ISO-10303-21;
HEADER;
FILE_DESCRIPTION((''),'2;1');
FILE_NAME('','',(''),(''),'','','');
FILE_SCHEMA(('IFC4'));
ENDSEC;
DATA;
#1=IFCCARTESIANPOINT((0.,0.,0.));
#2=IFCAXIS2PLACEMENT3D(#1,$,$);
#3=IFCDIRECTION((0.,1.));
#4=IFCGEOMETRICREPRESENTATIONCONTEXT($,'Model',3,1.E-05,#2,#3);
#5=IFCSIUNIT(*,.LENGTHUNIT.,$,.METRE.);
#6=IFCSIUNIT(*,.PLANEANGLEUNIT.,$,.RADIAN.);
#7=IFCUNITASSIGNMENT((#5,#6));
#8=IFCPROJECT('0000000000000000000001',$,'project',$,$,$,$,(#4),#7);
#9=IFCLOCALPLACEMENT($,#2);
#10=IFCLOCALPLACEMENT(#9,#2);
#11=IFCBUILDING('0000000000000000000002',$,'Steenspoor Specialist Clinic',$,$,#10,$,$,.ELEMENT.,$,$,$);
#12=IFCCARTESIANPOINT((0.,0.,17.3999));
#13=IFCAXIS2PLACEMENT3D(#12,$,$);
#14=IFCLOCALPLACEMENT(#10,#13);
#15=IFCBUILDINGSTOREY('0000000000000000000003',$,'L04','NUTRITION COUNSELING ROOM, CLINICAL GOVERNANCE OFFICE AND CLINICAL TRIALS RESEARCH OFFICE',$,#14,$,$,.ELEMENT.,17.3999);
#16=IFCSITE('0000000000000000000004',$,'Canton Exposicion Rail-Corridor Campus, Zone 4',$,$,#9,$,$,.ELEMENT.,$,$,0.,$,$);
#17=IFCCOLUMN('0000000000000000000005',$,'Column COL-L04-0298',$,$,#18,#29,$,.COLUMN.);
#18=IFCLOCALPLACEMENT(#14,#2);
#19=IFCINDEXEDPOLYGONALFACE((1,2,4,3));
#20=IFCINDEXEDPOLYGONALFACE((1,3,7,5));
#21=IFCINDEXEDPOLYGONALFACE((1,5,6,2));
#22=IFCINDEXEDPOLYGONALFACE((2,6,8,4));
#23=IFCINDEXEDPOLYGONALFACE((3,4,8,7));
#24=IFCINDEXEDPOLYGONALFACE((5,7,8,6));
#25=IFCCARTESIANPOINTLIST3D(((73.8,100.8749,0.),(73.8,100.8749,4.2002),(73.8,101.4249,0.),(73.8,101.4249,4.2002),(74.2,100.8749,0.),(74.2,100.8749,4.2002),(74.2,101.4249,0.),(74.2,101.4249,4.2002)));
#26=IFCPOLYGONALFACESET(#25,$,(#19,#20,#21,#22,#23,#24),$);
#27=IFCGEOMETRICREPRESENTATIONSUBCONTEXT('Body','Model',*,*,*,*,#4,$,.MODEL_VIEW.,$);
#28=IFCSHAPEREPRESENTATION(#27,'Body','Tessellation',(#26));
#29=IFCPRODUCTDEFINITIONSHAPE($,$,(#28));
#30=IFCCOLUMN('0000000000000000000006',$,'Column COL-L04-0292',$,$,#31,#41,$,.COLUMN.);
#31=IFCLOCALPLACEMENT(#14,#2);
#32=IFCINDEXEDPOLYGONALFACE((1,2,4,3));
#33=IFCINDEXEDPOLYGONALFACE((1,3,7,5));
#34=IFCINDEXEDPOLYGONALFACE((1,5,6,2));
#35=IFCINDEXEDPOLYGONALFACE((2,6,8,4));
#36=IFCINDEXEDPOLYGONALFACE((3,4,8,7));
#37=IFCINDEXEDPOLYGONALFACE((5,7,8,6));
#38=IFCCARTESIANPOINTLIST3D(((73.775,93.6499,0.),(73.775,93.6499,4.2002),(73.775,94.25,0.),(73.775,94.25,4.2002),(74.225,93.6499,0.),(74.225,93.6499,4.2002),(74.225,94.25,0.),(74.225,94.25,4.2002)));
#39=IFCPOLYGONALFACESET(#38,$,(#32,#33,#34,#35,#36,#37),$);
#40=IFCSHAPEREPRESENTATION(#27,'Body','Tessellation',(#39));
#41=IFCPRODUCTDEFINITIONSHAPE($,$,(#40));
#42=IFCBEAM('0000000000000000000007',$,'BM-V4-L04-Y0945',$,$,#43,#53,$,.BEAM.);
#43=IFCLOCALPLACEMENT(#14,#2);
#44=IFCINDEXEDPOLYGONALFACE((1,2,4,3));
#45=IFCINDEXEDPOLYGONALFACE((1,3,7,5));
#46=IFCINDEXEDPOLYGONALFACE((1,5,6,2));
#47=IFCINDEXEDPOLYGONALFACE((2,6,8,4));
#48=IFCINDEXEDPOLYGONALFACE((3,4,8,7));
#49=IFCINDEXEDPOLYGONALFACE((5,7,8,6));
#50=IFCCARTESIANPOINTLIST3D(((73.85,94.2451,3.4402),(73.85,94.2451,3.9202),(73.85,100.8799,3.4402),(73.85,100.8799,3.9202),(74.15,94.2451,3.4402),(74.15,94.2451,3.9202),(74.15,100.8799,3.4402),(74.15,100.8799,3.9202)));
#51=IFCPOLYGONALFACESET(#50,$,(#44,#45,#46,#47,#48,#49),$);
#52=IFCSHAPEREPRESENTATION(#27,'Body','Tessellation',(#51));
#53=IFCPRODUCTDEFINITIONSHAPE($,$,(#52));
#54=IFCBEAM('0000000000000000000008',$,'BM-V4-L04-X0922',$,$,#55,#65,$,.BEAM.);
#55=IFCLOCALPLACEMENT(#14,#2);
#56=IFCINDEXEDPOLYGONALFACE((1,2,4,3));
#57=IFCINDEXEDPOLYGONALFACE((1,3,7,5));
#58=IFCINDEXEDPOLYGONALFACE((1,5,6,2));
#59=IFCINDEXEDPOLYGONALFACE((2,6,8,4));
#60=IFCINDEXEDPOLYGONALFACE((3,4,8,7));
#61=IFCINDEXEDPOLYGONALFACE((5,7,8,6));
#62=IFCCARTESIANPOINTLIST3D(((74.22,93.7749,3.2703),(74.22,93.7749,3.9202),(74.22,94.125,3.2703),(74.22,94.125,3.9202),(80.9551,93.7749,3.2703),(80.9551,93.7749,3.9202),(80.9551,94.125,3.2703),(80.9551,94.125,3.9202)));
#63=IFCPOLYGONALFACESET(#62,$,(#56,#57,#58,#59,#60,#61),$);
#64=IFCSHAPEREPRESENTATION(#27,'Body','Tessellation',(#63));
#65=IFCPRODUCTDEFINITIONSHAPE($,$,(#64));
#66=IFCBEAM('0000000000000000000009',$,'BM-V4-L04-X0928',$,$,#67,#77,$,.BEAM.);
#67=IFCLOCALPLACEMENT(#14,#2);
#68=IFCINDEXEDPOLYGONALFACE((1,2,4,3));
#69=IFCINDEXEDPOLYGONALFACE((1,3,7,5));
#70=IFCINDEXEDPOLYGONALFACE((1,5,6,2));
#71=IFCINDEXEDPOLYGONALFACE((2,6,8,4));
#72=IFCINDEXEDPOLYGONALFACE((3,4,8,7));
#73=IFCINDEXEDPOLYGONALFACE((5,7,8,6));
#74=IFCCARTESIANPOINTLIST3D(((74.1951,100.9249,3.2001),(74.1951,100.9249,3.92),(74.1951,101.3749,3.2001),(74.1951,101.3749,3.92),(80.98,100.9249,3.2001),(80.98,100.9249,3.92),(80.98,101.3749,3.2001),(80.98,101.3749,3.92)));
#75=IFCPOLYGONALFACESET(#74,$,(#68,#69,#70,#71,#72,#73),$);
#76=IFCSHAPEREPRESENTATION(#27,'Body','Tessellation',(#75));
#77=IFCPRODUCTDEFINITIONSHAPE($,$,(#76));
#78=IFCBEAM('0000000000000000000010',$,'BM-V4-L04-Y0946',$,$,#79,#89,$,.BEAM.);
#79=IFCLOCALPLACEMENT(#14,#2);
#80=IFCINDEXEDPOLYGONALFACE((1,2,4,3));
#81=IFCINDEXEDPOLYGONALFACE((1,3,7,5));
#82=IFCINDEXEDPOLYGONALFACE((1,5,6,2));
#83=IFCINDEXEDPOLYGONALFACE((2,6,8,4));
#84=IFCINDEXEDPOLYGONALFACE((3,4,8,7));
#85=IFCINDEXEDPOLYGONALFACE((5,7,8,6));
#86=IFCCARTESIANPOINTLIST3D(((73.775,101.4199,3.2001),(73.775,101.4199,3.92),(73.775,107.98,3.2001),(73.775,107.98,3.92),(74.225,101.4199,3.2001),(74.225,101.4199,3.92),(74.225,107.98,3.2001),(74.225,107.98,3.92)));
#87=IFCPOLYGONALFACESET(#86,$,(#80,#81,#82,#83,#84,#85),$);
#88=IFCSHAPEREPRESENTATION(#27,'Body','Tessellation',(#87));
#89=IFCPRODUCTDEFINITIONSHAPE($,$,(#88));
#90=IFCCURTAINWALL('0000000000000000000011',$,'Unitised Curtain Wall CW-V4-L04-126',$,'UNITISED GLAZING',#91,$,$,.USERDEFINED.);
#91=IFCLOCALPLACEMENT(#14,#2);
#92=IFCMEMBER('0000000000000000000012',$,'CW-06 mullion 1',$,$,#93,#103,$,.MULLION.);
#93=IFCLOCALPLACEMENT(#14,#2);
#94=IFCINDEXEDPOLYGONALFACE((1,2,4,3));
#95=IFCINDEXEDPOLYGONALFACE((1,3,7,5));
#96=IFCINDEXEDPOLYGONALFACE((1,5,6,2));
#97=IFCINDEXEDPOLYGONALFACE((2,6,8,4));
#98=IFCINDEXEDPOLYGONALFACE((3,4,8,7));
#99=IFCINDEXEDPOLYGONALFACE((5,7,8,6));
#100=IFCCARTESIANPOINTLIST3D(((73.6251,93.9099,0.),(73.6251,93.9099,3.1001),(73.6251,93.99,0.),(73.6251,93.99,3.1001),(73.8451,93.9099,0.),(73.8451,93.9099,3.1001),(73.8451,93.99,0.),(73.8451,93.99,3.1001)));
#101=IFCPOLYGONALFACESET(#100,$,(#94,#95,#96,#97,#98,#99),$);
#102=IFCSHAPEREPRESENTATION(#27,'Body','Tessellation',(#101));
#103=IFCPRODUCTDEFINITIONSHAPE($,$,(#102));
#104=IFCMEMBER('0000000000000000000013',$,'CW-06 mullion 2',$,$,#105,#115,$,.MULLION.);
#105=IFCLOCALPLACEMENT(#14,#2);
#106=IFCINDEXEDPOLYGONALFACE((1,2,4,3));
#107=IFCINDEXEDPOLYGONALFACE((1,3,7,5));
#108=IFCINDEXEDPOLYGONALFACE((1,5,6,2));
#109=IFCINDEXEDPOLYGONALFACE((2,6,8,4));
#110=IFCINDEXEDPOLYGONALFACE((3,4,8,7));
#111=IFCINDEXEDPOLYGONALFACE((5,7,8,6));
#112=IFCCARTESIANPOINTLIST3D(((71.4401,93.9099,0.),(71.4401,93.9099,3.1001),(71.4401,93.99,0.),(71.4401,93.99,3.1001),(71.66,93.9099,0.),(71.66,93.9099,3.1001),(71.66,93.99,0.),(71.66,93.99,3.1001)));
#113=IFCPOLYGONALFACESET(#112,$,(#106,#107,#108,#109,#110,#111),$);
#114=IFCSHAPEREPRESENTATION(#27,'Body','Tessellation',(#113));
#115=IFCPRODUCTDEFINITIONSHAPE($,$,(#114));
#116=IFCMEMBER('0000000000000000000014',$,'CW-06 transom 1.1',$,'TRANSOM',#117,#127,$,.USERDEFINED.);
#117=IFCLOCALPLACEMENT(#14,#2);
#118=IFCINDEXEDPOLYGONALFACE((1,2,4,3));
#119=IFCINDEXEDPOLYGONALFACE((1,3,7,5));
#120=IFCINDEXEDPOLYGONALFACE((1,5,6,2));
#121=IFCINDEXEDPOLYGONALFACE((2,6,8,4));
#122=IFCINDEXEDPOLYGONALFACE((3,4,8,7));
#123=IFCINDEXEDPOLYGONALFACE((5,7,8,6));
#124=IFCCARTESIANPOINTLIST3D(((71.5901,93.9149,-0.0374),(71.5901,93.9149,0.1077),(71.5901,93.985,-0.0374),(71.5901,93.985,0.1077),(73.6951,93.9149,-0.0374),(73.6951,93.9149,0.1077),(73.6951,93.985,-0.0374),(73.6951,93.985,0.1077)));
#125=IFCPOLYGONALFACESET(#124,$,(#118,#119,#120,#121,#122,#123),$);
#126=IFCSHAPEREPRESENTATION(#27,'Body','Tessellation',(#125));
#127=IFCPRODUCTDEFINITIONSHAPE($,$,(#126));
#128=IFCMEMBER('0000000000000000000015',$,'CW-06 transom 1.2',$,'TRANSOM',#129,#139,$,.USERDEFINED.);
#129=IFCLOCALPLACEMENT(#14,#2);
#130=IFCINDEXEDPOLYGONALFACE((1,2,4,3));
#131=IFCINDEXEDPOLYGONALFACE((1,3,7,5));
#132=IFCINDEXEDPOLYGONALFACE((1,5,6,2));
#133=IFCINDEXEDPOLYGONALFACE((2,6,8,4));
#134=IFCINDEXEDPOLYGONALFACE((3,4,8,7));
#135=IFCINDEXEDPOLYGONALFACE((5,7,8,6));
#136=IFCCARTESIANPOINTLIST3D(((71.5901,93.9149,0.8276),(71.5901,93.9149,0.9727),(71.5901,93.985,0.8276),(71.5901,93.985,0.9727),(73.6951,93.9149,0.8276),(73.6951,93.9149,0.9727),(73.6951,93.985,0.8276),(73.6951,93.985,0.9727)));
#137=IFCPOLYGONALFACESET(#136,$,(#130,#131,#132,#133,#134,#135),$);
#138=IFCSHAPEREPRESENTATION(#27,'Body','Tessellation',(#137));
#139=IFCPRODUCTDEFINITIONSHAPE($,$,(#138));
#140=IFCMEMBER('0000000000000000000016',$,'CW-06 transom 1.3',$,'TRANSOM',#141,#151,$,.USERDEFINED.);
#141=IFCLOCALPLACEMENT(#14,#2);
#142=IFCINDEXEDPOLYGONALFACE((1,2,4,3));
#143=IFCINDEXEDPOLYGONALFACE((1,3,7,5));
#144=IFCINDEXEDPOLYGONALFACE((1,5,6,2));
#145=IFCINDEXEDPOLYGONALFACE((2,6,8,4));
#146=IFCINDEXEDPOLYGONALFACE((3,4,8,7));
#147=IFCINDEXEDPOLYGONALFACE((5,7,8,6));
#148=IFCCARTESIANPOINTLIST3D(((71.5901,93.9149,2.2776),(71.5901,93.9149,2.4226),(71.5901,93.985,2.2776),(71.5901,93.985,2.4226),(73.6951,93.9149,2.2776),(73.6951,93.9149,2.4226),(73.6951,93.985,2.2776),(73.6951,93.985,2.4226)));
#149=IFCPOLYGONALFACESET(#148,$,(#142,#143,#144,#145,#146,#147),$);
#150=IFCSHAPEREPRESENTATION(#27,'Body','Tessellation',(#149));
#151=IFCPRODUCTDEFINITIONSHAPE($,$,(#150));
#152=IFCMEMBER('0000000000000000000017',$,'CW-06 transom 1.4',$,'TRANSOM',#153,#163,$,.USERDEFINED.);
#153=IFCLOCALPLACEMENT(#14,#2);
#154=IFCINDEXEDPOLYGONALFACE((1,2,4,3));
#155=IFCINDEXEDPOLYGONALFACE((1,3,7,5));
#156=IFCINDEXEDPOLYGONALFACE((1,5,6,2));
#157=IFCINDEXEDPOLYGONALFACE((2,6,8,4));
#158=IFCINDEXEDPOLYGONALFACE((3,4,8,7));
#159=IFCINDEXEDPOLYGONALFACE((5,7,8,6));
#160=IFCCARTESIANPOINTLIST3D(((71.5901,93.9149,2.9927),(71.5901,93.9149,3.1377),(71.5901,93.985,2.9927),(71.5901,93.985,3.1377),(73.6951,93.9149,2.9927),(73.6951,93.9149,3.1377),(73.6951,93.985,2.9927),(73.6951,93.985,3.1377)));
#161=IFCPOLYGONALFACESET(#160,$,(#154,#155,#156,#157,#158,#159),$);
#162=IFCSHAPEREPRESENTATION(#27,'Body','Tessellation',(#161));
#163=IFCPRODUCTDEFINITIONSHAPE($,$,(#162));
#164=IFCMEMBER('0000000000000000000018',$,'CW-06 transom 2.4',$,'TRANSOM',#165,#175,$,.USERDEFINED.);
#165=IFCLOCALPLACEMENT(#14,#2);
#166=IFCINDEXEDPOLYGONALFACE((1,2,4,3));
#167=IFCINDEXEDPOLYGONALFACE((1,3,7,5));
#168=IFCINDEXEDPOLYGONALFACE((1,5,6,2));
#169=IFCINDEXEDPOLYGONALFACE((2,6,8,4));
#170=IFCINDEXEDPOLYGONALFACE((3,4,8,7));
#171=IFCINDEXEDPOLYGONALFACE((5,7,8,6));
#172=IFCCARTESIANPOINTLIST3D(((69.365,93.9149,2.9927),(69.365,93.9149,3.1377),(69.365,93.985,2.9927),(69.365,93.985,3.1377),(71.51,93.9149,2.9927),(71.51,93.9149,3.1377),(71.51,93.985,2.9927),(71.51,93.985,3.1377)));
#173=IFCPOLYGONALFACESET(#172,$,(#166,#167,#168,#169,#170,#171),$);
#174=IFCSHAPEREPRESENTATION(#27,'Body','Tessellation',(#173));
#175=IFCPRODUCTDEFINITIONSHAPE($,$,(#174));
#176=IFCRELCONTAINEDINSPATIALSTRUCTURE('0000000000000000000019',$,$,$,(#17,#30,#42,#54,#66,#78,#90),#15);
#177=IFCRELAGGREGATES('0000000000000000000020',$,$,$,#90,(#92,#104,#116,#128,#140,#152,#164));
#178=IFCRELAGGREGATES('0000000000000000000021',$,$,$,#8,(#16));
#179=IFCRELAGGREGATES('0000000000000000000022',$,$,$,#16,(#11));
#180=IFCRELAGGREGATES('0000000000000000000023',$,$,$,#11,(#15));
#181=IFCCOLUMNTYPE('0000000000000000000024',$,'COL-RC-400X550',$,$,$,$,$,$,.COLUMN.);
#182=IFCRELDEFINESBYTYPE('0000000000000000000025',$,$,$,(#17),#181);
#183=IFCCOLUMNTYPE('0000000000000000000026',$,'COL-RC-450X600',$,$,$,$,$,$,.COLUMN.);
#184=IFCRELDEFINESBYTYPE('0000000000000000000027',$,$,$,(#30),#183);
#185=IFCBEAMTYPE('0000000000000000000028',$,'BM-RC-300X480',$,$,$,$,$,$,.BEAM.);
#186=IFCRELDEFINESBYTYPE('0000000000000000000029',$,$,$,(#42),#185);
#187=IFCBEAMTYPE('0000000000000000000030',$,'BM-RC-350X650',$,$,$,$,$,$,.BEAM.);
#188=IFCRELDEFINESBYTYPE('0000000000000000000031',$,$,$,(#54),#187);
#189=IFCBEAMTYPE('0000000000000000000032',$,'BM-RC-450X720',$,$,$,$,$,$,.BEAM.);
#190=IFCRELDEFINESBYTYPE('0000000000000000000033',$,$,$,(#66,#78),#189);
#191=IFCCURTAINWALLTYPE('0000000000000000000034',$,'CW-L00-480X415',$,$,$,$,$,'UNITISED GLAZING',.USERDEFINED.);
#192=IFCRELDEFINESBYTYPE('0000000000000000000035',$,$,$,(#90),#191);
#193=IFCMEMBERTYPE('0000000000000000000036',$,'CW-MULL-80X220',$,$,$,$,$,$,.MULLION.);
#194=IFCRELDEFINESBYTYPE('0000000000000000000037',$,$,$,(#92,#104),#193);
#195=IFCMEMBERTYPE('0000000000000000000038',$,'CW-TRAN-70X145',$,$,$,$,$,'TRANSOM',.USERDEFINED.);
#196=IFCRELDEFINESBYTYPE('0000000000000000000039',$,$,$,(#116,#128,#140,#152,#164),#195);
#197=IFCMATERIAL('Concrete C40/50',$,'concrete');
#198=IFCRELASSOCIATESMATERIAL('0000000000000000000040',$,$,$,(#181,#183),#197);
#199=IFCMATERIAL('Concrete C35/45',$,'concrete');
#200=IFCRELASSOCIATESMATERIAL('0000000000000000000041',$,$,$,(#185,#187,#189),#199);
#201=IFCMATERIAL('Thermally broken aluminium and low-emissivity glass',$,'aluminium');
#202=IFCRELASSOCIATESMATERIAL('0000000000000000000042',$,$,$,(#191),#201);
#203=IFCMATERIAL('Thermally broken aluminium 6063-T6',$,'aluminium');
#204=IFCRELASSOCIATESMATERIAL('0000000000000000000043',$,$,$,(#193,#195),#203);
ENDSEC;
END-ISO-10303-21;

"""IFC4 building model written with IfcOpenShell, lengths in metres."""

from ifc_helpers import new_model, si_unit, direction, frame, origin, origin_2d, place, context, subcontext, project, spatial, rectangle, extrude, material, material_profile, profile_set, type_object, element, aggregate, save


model = new_model("IFC4")

# Units and contexts
model_context = context("Model", 3, precision=1e-05, world=origin(), true_north=direction((0.0, 1.0)))
body_context = subcontext(model_context, "Body", "Model", "MODEL_VIEW")
ifc_project = project(units=[si_unit("LENGTHUNIT", "METRE"), si_unit("PLANEANGLEUNIT", "RADIAN")], contexts=[model_context])

# Site, building, storey
site_placement = place(None, origin())
site = spatial("IfcSite", under=ifc_project, at=site_placement, Name="Canton Exposicion Rail-Corridor Campus, Zone 4", CompositionType="ELEMENT", RefElevation=0.0)
building_placement = place(site_placement, origin())
building = spatial("IfcBuilding", under=site, at=building_placement, Name="Steenspoor Specialist Clinic", CompositionType="ELEMENT")
storey_placement = place(building_placement, frame((0.0, 0.0, 17.3999)))
storey = spatial("IfcBuildingStorey", under=building, at=storey_placement, Name="L04", Description="NUTRITION COUNSELING ROOM, CLINICAL GOVERNANCE OFFICE AND CLINICAL TRIALS RESEARCH OFFICE", CompositionType="ELEMENT", Elevation=17.3999)

# Columns
ifc_material_1 = material(Name="Concrete C40/50", Category="concrete")
ifc_material_profile_1 = material_profile(ifc_material_1, rectangle(XDim=0.3999, YDim=0.55, at=origin_2d()), Name="RC-COL-400X550")
ifc_profile_set_1 = profile_set([ifc_material_profile_1], Name="Concrete C40/50")
column_type_1 = type_object("IfcColumnType", Name="COL-RC-400X550", PredefinedType="COLUMN", material=ifc_profile_set_1)
column_1_placement = place(storey_placement, frame((74.0, 101.1499, 0.0), z_axis=(0.0, 0.0, 1.0), x_axis=(1.0, 0.0, 0.0)))
element("IfcColumn", 1, at=column_1_placement, inside=storey, type_object=column_type_1, Name="Column COL-L04-0298", PredefinedType="COLUMN", context=body_context, shape_type="SweptSolid", body=[
    extrude(rectangle(XDim=0.3999, YDim=0.55, at=origin_2d()), origin(), (0.0, 0.0, 1.0), 4.2002),
])
ifc_material_profile_2 = material_profile(ifc_material_1, rectangle(XDim=0.45, YDim=0.6001, at=origin_2d()), Name="RC-COL-450X600")
ifc_profile_set_2 = profile_set([ifc_material_profile_2], Name="Concrete C40/50")
column_type_2 = type_object("IfcColumnType", Name="COL-RC-450X600", PredefinedType="COLUMN", material=ifc_profile_set_2)
column_2_placement = place(storey_placement, frame((74.0, 93.95, 0.0), z_axis=(0.0, 0.0, 1.0), x_axis=(1.0, 0.0, 0.0)))
element("IfcColumn", 2, at=column_2_placement, inside=storey, type_object=column_type_2, Name="Column COL-L04-0292", PredefinedType="COLUMN", context=body_context, shape_type="SweptSolid", body=[
    extrude(rectangle(XDim=0.45, YDim=0.6001, at=origin_2d()), origin(), (0.0, 0.0, 1.0), 4.2002),
])

# Beams
ifc_material_2 = material(Name="Concrete C35/45", Category="concrete")
ifc_material_profile_3 = material_profile(ifc_material_2, rectangle(XDim=0.3, YDim=0.48, at=origin_2d()), Name="RC-BM-300X480")
ifc_profile_set_3 = profile_set([ifc_material_profile_3], Name="Concrete C35/45")
beam_type_1 = type_object("IfcBeamType", Name="BM-RC-300X480", PredefinedType="BEAM", material=ifc_profile_set_3)
beam_1_placement = place(storey_placement, frame((74.0, 94.2451, 3.6802), z_axis=(0.0, 1.0, 0.0), x_axis=(-1.0, 0.0, 0.0)))
element("IfcBeam", 3, at=beam_1_placement, inside=storey, type_object=beam_type_1, Name="BM-V4-L04-Y0945", PredefinedType="BEAM", context=body_context, shape_type="SweptSolid", body=[
    extrude(rectangle(XDim=0.3, YDim=0.48, at=origin_2d()), origin(), (0.0, 0.0, 1.0), 6.6348),
])
ifc_material_profile_4 = material_profile(ifc_material_2, rectangle(XDim=0.3501, YDim=0.6499, at=origin_2d()), Name="RC-BM-350X650")
ifc_profile_set_4 = profile_set([ifc_material_profile_4], Name="Concrete C35/45")
beam_type_2 = type_object("IfcBeamType", Name="BM-RC-350X650", PredefinedType="BEAM", material=ifc_profile_set_4)
beam_2_placement = place(storey_placement, frame((74.22, 93.95, 3.5952), z_axis=(1.0, 0.0, 0.0), x_axis=(0.0, 1.0, 0.0)))
element("IfcBeam", 4, at=beam_2_placement, inside=storey, type_object=beam_type_2, Name="BM-V4-L04-X0922", PredefinedType="BEAM", context=body_context, shape_type="SweptSolid", body=[
    extrude(rectangle(XDim=0.3501, YDim=0.6499, at=origin_2d()), origin(), (0.0, 0.0, 1.0), 6.7351),
])
ifc_material_profile_5 = material_profile(ifc_material_2, rectangle(XDim=0.45, YDim=0.72, at=origin_2d()), Name="RC-BM-450X720")
ifc_profile_set_5 = profile_set([ifc_material_profile_5], Name="Concrete C35/45")
beam_type_3 = type_object("IfcBeamType", Name="BM-RC-450X720", PredefinedType="BEAM", material=ifc_profile_set_5)
beam_3_placement = place(storey_placement, frame((74.1951, 101.1499, 3.5601), z_axis=(1.0, 0.0, 0.0), x_axis=(0.0, 1.0, 0.0)))
element("IfcBeam", 5, at=beam_3_placement, inside=storey, type_object=beam_type_3, Name="BM-V4-L04-X0928", PredefinedType="BEAM", context=body_context, shape_type="SweptSolid", body=[
    extrude(rectangle(XDim=0.45, YDim=0.72, at=origin_2d()), origin(), (0.0, 0.0, 1.0), 6.7849),
])
beam_4_placement = place(storey_placement, frame((74.0, 101.4199, 3.5601), z_axis=(0.0, 1.0, 0.0), x_axis=(-1.0, 0.0, 0.0)))
element("IfcBeam", 6, at=beam_4_placement, inside=storey, type_object=beam_type_3, Name="BM-V4-L04-Y0946", PredefinedType="BEAM", context=body_context, shape_type="SweptSolid", body=[
    extrude(rectangle(XDim=0.45, YDim=0.72, at=origin_2d()), origin(), (0.0, 0.0, 1.0), 6.5601),
])

# Curtain wall, members
ifc_material_3 = material(Name="Thermally broken aluminium and low-emissivity glass", Category="aluminium")
curtain_wall_type = type_object("IfcCurtainWallType", Name="CW-L00-480X415", ElementType="UNITISED GLAZING", PredefinedType="USERDEFINED", material=ifc_material_3)
curtain_wall_placement = place(storey_placement, origin())
curtain_wall = element("IfcCurtainWall", 7, at=curtain_wall_placement, inside=storey, type_object=curtain_wall_type, Name="Unitised Curtain Wall CW-V4-L04-126", ObjectType="UNITISED GLAZING", PredefinedType="USERDEFINED")
ifc_material_4 = material(Name="Thermally broken aluminium 6063-T6", Category="aluminium")
ifc_material_profile_6 = material_profile(ifc_material_4, rectangle(XDim=0.0801, YDim=0.22, at=origin_2d()), Name="CWM-80X220")
ifc_profile_set_6 = profile_set([ifc_material_profile_6], Name="Thermally broken aluminium 6063-T6")
member_type_1 = type_object("IfcMemberType", Name="CW-MULL-80X220", PredefinedType="MULLION", material=ifc_profile_set_6)
member_1_placement = place(storey_placement, frame((73.7351, 93.95, 0.0), z_axis=(0.0, 0.0, 1.0), x_axis=(0.0, -1.0, 0.0)))
member_1 = element("IfcMember", 8, at=member_1_placement, type_object=member_type_1, Name="CW-06 mullion 1", PredefinedType="MULLION", context=body_context, shape_type="SweptSolid", body=[
    extrude(rectangle(XDim=0.0801, YDim=0.22, at=origin_2d()), origin(), (0.0, 0.0, 1.0), 3.1001),
])
member_2_placement = place(storey_placement, frame((71.55, 93.95, 0.0), z_axis=(0.0, 0.0, 1.0), x_axis=(0.0, -1.0, 0.0)))
member_2 = element("IfcMember", 9, at=member_2_placement, type_object=member_type_1, Name="CW-06 mullion 2", PredefinedType="MULLION", context=body_context, shape_type="SweptSolid", body=[
    extrude(rectangle(XDim=0.0801, YDim=0.22, at=origin_2d()), origin(), (0.0, 0.0, 1.0), 3.1001),
])
ifc_material_profile_7 = material_profile(ifc_material_4, rectangle(XDim=0.0701, YDim=0.145, at=origin_2d()), Name="CWT-70X145")
ifc_profile_set_7 = profile_set([ifc_material_profile_7], Name="Thermally broken aluminium 6063-T6")
member_type_2 = type_object("IfcMemberType", Name="CW-TRAN-70X145", ElementType="TRANSOM", PredefinedType="USERDEFINED", material=ifc_profile_set_7)
member_3_placement = place(storey_placement, frame((73.6951, 93.95, 0.0352), z_axis=(-1.0, 0.0, 0.0), x_axis=(0.0, -1.0, 0.0)))
member_3 = element("IfcMember", 10, at=member_3_placement, type_object=member_type_2, Name="CW-06 transom 1.1", ObjectType="TRANSOM", PredefinedType="USERDEFINED", context=body_context, shape_type="SweptSolid", body=[
    extrude(rectangle(XDim=0.0701, YDim=0.145, at=origin_2d()), origin(), (0.0, 0.0, 1.0), 2.105),
])
member_4_placement = place(storey_placement, frame((73.6951, 93.95, 0.9001), z_axis=(-1.0, 0.0, 0.0), x_axis=(0.0, -1.0, 0.0)))
member_4 = element("IfcMember", 11, at=member_4_placement, type_object=member_type_2, Name="CW-06 transom 1.2", ObjectType="TRANSOM", PredefinedType="USERDEFINED", context=body_context, shape_type="SweptSolid", body=[
    extrude(rectangle(XDim=0.0701, YDim=0.145, at=origin_2d()), origin(), (0.0, 0.0, 1.0), 2.105),
])
member_5_placement = place(storey_placement, frame((73.6951, 93.95, 2.3501), z_axis=(-1.0, 0.0, 0.0), x_axis=(0.0, -1.0, 0.0)))
member_5 = element("IfcMember", 12, at=member_5_placement, type_object=member_type_2, Name="CW-06 transom 1.3", ObjectType="TRANSOM", PredefinedType="USERDEFINED", context=body_context, shape_type="SweptSolid", body=[
    extrude(rectangle(XDim=0.0701, YDim=0.145, at=origin_2d()), origin(), (0.0, 0.0, 1.0), 2.105),
])
member_6_placement = place(storey_placement, frame((73.6951, 93.95, 3.0652), z_axis=(-1.0, 0.0, 0.0), x_axis=(0.0, -1.0, 0.0)))
member_6 = element("IfcMember", 13, at=member_6_placement, type_object=member_type_2, Name="CW-06 transom 1.4", ObjectType="TRANSOM", PredefinedType="USERDEFINED", context=body_context, shape_type="SweptSolid", body=[
    extrude(rectangle(XDim=0.0701, YDim=0.145, at=origin_2d()), origin(), (0.0, 0.0, 1.0), 2.105),
])
member_7_placement = place(storey_placement, frame((71.51, 93.95, 3.0652), z_axis=(-1.0, 0.0, 0.0), x_axis=(0.0, -1.0, 0.0)))
member_7 = element("IfcMember", 14, at=member_7_placement, type_object=member_type_2, Name="CW-06 transom 2.4", ObjectType="TRANSOM", PredefinedType="USERDEFINED", context=body_context, shape_type="SweptSolid", body=[
    extrude(rectangle(XDim=0.0701, YDim=0.145, at=origin_2d()), origin(), (0.0, 0.0, 1.0), 2.145),
])

aggregate(curtain_wall, [member_1, member_2, member_3, member_4, member_5, member_6, member_7])

save(model, "model.ifc")
